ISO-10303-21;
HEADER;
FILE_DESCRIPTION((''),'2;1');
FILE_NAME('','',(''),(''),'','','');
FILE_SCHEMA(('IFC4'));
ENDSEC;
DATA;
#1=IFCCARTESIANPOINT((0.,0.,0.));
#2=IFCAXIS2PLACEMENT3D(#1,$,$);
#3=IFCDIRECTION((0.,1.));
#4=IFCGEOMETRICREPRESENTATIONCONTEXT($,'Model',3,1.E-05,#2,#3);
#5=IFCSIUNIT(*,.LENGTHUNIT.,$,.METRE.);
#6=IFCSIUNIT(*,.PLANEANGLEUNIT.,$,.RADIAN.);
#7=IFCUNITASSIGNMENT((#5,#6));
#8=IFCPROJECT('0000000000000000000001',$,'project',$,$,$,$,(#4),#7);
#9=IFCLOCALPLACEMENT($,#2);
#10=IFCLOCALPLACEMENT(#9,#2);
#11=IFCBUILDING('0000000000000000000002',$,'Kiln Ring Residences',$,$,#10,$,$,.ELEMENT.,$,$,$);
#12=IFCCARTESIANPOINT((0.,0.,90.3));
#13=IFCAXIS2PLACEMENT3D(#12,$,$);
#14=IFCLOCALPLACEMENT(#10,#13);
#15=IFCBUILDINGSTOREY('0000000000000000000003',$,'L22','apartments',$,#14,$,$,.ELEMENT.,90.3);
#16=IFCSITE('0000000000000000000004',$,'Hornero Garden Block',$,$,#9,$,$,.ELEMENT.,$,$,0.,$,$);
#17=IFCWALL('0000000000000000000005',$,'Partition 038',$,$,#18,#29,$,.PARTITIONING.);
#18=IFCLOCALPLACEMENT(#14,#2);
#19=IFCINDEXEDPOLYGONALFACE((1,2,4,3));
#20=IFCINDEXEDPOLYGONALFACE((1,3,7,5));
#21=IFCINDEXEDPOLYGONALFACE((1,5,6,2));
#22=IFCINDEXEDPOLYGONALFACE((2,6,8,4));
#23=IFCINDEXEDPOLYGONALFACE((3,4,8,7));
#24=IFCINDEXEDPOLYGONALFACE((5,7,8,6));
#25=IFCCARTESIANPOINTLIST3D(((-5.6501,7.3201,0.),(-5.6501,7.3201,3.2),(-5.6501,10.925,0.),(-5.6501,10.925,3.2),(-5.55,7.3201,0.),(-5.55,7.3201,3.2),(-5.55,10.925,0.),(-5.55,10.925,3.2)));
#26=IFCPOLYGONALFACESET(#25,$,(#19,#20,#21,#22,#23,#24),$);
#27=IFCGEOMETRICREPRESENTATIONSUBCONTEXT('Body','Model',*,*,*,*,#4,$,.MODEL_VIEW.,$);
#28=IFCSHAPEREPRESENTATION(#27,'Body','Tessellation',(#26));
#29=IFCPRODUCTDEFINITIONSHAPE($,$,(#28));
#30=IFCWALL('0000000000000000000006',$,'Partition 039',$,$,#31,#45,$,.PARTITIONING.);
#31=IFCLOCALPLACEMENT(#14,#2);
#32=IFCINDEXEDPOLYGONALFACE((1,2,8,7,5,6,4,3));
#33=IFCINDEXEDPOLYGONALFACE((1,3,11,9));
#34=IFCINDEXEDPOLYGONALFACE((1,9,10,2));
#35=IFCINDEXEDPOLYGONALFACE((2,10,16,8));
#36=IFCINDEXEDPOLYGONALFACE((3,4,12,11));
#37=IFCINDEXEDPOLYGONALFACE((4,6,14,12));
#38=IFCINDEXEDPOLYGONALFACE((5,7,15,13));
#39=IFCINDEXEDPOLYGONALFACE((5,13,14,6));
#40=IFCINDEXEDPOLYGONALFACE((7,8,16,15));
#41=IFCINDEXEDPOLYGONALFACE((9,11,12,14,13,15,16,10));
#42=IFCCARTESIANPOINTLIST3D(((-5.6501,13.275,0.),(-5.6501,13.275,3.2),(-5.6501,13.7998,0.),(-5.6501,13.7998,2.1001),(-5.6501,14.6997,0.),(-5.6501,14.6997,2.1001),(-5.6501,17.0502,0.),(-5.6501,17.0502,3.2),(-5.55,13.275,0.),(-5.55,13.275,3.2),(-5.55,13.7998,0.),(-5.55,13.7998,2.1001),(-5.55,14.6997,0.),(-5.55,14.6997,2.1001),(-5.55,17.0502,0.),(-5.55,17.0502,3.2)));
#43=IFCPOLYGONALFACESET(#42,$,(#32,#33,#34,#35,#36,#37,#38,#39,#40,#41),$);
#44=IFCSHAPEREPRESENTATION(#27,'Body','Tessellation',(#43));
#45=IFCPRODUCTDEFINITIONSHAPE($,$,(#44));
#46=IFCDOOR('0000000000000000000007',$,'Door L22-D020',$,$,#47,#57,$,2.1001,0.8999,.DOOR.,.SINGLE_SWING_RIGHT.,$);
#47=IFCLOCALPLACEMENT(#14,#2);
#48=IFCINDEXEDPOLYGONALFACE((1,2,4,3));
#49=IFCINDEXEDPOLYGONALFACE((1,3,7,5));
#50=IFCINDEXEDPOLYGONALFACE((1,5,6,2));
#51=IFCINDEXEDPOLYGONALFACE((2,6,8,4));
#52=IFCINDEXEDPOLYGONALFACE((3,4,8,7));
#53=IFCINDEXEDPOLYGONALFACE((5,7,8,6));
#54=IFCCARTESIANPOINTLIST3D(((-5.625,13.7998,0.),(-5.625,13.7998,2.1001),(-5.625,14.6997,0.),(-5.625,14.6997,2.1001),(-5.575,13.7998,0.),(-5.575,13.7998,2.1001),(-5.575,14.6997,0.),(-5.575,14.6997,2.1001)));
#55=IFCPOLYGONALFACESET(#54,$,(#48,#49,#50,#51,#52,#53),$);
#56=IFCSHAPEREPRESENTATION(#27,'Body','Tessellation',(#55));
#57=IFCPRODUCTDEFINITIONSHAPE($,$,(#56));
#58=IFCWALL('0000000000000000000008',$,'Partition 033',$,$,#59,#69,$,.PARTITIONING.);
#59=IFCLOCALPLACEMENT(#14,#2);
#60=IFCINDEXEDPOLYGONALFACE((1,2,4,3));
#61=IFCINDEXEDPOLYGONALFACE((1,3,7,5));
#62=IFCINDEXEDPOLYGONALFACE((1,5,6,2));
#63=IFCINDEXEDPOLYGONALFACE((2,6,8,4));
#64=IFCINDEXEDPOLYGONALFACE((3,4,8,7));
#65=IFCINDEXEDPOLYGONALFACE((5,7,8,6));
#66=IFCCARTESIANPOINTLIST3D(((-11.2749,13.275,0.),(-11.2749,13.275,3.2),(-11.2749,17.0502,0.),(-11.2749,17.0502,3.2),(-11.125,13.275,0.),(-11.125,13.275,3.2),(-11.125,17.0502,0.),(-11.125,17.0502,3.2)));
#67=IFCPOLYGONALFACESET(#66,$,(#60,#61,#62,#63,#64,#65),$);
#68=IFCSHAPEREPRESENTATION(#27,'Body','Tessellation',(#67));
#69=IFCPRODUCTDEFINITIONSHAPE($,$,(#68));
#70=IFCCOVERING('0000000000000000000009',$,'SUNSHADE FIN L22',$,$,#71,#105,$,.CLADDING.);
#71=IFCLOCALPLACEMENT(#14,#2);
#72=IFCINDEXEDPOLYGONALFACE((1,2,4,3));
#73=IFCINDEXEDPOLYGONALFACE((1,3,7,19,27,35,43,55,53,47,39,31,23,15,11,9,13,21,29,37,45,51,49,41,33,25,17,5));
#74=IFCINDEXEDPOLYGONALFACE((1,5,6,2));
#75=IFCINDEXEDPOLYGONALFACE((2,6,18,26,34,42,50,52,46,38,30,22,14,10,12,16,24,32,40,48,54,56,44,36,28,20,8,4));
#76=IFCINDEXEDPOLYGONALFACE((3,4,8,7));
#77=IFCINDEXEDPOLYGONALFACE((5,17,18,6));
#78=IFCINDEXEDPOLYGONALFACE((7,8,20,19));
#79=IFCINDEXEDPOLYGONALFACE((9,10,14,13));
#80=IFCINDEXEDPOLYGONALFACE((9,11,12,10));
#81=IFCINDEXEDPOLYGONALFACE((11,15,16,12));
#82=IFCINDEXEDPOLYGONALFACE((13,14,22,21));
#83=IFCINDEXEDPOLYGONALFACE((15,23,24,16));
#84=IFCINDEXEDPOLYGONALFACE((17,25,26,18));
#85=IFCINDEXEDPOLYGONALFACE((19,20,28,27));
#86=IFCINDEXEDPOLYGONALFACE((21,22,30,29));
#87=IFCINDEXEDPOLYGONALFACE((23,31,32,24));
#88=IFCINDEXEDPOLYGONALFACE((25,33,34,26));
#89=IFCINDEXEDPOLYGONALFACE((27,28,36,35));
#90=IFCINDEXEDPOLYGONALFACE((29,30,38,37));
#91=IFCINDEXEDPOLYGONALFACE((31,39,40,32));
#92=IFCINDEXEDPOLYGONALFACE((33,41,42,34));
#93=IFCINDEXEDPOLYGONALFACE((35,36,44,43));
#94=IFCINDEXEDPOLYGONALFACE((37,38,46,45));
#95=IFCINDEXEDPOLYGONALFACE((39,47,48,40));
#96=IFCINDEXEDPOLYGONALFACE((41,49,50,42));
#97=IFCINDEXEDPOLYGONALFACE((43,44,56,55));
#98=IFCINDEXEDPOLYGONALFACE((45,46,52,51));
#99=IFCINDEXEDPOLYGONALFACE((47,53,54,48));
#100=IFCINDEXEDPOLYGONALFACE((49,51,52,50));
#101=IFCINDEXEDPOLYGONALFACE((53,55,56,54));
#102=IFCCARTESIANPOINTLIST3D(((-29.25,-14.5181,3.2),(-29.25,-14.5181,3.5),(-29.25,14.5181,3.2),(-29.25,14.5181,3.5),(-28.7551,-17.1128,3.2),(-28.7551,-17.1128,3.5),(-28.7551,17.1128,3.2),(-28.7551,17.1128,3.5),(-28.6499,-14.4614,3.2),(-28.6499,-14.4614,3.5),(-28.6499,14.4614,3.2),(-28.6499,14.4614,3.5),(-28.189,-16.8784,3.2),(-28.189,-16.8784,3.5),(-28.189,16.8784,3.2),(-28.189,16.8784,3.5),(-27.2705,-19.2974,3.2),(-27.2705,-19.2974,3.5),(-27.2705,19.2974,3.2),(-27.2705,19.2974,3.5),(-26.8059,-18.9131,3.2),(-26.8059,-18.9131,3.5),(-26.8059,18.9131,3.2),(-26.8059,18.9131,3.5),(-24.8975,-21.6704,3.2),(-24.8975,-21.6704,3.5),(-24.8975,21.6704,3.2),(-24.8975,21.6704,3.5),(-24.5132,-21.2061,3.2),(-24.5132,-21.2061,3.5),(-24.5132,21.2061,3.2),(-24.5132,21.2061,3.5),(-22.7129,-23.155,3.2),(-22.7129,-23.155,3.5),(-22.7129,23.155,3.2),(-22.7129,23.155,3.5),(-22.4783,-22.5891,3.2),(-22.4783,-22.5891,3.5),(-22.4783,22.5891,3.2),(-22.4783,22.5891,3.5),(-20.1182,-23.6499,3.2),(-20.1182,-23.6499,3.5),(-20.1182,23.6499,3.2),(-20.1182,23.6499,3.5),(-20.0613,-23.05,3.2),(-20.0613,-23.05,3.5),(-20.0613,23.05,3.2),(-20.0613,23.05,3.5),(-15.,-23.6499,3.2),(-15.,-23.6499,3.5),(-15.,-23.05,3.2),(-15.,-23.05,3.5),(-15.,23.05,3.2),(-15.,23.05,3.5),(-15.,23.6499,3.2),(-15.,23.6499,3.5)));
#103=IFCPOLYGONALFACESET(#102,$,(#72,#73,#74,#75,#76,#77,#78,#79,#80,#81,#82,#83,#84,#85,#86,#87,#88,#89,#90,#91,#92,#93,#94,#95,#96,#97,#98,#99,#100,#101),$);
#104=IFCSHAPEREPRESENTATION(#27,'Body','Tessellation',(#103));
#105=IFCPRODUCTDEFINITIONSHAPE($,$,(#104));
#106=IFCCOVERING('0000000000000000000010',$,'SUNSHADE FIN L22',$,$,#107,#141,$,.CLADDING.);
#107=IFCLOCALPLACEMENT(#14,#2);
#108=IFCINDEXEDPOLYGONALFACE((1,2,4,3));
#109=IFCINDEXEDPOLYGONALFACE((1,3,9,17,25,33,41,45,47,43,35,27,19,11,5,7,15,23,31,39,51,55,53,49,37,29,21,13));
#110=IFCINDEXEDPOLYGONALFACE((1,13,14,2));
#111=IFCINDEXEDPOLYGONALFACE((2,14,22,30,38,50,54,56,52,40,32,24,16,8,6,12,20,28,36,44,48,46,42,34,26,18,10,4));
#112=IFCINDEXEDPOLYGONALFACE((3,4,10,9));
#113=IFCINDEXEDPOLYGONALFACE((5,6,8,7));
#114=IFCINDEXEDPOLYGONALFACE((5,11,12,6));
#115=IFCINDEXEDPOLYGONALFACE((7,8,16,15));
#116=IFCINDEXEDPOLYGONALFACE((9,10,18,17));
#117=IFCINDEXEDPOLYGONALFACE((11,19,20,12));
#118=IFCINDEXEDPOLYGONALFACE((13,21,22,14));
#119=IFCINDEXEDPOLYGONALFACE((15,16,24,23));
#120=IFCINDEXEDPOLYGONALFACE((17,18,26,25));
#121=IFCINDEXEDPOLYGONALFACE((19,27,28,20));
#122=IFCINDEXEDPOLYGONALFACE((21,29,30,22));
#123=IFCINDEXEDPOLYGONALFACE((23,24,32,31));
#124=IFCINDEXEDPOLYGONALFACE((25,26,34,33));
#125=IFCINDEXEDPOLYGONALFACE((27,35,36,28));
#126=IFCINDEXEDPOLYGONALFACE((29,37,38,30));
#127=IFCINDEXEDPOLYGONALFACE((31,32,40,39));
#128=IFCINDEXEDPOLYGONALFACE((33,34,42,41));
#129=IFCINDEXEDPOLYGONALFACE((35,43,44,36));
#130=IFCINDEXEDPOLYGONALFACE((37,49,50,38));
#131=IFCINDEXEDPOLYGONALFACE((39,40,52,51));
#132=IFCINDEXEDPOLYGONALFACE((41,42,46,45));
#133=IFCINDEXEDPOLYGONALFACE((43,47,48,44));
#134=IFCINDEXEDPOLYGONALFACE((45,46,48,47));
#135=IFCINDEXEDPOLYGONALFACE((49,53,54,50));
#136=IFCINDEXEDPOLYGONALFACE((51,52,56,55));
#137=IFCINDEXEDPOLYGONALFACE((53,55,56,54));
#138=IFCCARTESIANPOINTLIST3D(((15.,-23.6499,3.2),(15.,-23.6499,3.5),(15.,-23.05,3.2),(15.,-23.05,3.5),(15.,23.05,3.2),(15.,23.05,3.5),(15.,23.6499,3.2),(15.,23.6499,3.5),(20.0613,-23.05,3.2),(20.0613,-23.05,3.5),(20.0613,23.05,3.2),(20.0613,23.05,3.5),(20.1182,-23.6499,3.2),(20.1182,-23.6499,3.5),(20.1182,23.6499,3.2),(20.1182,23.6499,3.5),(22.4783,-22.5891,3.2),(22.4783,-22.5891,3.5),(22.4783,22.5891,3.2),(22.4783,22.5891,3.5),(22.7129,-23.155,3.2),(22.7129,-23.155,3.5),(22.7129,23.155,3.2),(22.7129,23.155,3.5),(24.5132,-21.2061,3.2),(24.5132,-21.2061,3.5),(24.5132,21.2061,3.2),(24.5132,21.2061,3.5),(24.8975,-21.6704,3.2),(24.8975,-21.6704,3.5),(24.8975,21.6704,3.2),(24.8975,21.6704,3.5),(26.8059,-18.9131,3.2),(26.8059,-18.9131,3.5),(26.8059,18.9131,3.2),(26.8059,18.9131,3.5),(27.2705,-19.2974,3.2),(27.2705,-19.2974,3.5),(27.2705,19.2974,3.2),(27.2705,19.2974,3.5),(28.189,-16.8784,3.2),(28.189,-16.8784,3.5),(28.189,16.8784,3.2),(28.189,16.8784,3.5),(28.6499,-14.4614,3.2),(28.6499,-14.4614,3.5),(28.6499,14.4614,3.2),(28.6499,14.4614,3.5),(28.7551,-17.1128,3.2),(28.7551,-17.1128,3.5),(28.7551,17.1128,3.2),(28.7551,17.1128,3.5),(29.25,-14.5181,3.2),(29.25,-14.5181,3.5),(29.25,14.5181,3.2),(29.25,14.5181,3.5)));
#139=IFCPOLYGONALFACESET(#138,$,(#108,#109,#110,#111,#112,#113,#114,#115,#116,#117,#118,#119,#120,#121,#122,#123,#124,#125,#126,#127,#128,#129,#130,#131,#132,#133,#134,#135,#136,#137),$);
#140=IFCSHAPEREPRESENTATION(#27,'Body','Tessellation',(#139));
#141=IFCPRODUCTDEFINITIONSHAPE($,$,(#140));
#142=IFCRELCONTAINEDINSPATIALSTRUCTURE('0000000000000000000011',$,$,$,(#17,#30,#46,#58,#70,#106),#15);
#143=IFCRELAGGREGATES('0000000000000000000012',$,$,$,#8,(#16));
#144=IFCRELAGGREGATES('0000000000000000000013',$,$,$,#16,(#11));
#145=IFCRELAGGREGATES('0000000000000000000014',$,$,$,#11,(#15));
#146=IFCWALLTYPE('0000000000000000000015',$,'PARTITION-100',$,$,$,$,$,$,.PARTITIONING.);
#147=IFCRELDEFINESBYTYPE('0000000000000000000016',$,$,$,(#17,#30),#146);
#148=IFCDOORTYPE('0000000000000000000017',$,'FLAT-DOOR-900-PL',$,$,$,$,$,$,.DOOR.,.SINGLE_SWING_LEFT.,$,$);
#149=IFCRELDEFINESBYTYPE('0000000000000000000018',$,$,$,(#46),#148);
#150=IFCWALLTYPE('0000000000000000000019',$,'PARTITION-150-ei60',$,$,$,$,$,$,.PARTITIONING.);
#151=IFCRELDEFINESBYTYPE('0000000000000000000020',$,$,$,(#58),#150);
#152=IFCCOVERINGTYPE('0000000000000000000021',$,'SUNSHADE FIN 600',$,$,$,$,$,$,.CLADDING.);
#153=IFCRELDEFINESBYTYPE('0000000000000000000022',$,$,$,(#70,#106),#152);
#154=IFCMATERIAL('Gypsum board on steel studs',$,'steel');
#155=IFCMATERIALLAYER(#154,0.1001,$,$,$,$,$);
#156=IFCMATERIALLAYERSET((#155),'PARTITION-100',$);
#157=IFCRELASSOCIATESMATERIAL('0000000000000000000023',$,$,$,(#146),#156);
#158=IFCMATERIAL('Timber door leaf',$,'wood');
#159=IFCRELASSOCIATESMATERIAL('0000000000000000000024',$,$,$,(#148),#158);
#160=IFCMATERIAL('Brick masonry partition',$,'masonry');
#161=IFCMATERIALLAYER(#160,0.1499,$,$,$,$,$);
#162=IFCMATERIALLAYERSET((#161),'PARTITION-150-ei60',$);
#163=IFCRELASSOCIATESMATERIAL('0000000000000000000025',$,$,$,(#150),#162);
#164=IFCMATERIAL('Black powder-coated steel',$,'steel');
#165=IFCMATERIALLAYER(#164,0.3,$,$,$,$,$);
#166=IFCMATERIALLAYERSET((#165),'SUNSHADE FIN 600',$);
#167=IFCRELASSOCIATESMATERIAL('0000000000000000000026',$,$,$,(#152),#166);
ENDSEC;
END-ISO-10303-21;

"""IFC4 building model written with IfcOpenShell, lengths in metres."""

from ifc_helpers import new_model, si_unit, direction, frame, frame_2d, origin, place, context, subcontext, project, spatial, polyline, rectangle, outline, extrude, material, layer, layer_set, type_object, element, fill, save


model = new_model("IFC4")

# Units and contexts
model_context = context("Model", 3, precision=1e-05, world=origin(), true_north=direction((0.0, 1.0)))
body_context = subcontext(model_context, "Body", "Model", "MODEL_VIEW")
ifc_project = project(units=[si_unit("LENGTHUNIT", "METRE"), si_unit("PLANEANGLEUNIT", "RADIAN")], contexts=[model_context])

# Site, building, storey
site_placement = place(None, origin())
site = spatial("IfcSite", under=ifc_project, at=site_placement, Name="Hornero Garden Block", CompositionType="ELEMENT", RefElevation=0.0)
building_placement = place(site_placement, origin())
building = spatial("IfcBuilding", under=site, at=building_placement, Name="Kiln Ring Residences", CompositionType="ELEMENT")
storey_placement = place(building_placement, frame((0.0, 0.0, 90.3)))
storey = spatial("IfcBuildingStorey", under=building, at=storey_placement, Name="L22", Description="apartments", CompositionType="ELEMENT", Elevation=90.3)

# Wall
ifc_material_1 = material(Name="Gypsum board on steel studs", Category="steel")
ifc_layer_1 = layer(ifc_material_1, 0.1001)
ifc_layer_set_1 = layer_set([ifc_layer_1], Name="PARTITION-100")
wall_type_1 = type_object("IfcWallType", Name="PARTITION-100", PredefinedType="PARTITIONING", material=ifc_layer_set_1)
wall_1_placement = place(storey_placement, frame((-5.6001, 7.3201, 0.0), z_axis=(0.0, 0.0, 1.0), x_axis=(0.0, 1.0, 0.0)))
element("IfcWall", 1, at=wall_1_placement, inside=storey, type_object=wall_type_1, Name="Partition 038", PredefinedType="PARTITIONING", context=body_context, shape_type="SweptSolid", body=[
    extrude(rectangle(XDim=3.605, YDim=0.1001, at=frame_2d((1.8025, 0.0))), origin(), (0.0, 0.0, 1.0), 3.2),
])

# Wall, opening, door
wall_2_placement = place(storey_placement, frame((-5.6001, 13.2749, 0.0), z_axis=(0.0, 0.0, 1.0), x_axis=(0.0, 1.0, 0.0)))
wall_2 = element("IfcWall", 2, at=wall_2_placement, inside=storey, type_object=wall_type_1, Name="Partition 039", PredefinedType="PARTITIONING", context=body_context, shape_type="SweptSolid", body=[
    extrude(rectangle(XDim=3.7751, YDim=0.1001, at=frame_2d((1.8877, 0.0))), origin(), (0.0, 0.0, 1.0), 3.2),
])
opening_placement = place(wall_2_placement, frame((0.5249, 0.0, 0.0)))
opening = element("IfcOpeningElement", 3, at=opening_placement, cuts=wall_2, PredefinedType="OPENING", context=body_context, shape_type="SweptSolid", body=[
    extrude(rectangle(XDim=0.8999, YDim=2.1001, at=frame_2d((0.45, 1.05))), frame((0.0, 0.0601, 0.0), z_axis=(0.0, -1.0, 0.0), x_axis=(1.0, 0.0, 0.0)), (0.0, 0.0, 1.0), 0.1201),
])
ifc_material_2 = material(Name="Timber door leaf", Category="wood")
door_type = type_object("IfcDoorType", Name="FLAT-DOOR-900-PL", OperationType="SINGLE_SWING_LEFT", PredefinedType="DOOR", material=ifc_material_2)
door_placement = place(opening_placement, origin())
door = element("IfcDoor", 4, at=door_placement, inside=storey, type_object=door_type, Name="Door L22-D020", OperationType="SINGLE_SWING_RIGHT", OverallHeight=2.1001, OverallWidth=0.8999, PredefinedType="DOOR", context=body_context, shape_type="SweptSolid", body=[
    extrude(rectangle(XDim=0.8999, YDim=2.1001, at=frame_2d((0.45, 1.05))), frame((0.0, 0.0249, 0.0), z_axis=(0.0, -1.0, 0.0), x_axis=(1.0, 0.0, 0.0)), (0.0, 0.0, 1.0), 0.05),
])
fill(opening, door)

# Wall
ifc_material_3 = material(Name="Brick masonry partition", Category="masonry")
ifc_layer_2 = layer(ifc_material_3, 0.1499)
ifc_layer_set_2 = layer_set([ifc_layer_2], Name="PARTITION-150-ei60")
wall_type_2 = type_object("IfcWallType", Name="PARTITION-150-ei60", PredefinedType="PARTITIONING", material=ifc_layer_set_2)
wall_3_placement = place(storey_placement, frame((-11.2, 13.2749, 0.0), z_axis=(0.0, 0.0, 1.0), x_axis=(0.0, 1.0, 0.0)))
element("IfcWall", 5, at=wall_3_placement, inside=storey, type_object=wall_type_2, Name="Partition 033", PredefinedType="PARTITIONING", context=body_context, shape_type="SweptSolid", body=[
    extrude(rectangle(XDim=3.7751, YDim=0.1499, at=frame_2d((1.8877, 0.0))), origin(), (0.0, 0.0, 1.0), 3.2),
])

# Coverings
ifc_material_4 = material(Name="Black powder-coated steel", Category="steel")
ifc_layer_3 = layer(ifc_material_4, 0.3)
ifc_layer_set_3 = layer_set([ifc_layer_3], Name="SUNSHADE FIN 600")
covering_type = type_object("IfcCoveringType", Name="SUNSHADE FIN 600", PredefinedType="CLADDING", material=ifc_layer_set_3)
placement = place(storey_placement, frame((0.0, 0.0, 3.2)))
element("IfcCovering", 6, at=placement, inside=storey, type_object=covering_type, Name="SUNSHADE FIN L22", PredefinedType="CLADDING", context=body_context, shape_type="SweptSolid", body=[
    extrude(outline(polyline([(-29.25, -14.5181), (-28.7551, -17.1128), (-27.2705, -19.2974), (-24.8975, -21.6704), (-22.7129, -23.155), (-20.1182, -23.6499), (-15.0, -23.6499), (-15.0, -23.05), (-20.0613, -23.05), (-22.4783, -22.5891), (-24.5132, -21.2061), (-26.8059, -18.9131), (-28.189, -16.8784), (-28.6499, -14.4614), (-28.6499, 14.4614), (-28.189, 16.8784), (-26.8059, 18.9131), (-24.5132, 21.2061), (-22.4783, 22.5891), (-20.0613, 23.05), (-15.0, 23.05), (-15.0, 23.6499), (-20.1182, 23.6499), (-22.7129, 23.155), (-24.8975, 21.6704), (-27.2705, 19.2974), (-28.7551, 17.1128), (-29.25, 14.5181), (-29.25, -14.5181)])), origin(), (0.0, 0.0, 1.0), 0.3),
])
element("IfcCovering", 7, at=placement, inside=storey, type_object=covering_type, Name="SUNSHADE FIN L22", PredefinedType="CLADDING", context=body_context, shape_type="SweptSolid", body=[
    extrude(outline(polyline([(20.1182, 23.6499), (15.0, 23.6499), (15.0, 23.05), (20.0613, 23.05), (22.4783, 22.5891), (24.5132, 21.2061), (26.8059, 18.9131), (28.189, 16.8784), (28.6499, 14.4614), (28.6499, -14.4614), (28.189, -16.8784), (26.8059, -18.9131), (24.5132, -21.2061), (22.4783, -22.5891), (20.0613, -23.05), (15.0, -23.05), (15.0, -23.6499), (20.1182, -23.6499), (22.7129, -23.155), (24.8975, -21.6704), (27.2705, -19.2974), (28.7551, -17.1128), (29.25, -14.5181), (29.25, 14.5181), (28.7551, 17.1128), (27.2705, 19.2974), (24.8975, 21.6704), (22.7129, 23.155), (20.1182, 23.6499)])), origin(), (0.0, 0.0, 1.0), 0.3),
])

save(model, "model.ifc")
